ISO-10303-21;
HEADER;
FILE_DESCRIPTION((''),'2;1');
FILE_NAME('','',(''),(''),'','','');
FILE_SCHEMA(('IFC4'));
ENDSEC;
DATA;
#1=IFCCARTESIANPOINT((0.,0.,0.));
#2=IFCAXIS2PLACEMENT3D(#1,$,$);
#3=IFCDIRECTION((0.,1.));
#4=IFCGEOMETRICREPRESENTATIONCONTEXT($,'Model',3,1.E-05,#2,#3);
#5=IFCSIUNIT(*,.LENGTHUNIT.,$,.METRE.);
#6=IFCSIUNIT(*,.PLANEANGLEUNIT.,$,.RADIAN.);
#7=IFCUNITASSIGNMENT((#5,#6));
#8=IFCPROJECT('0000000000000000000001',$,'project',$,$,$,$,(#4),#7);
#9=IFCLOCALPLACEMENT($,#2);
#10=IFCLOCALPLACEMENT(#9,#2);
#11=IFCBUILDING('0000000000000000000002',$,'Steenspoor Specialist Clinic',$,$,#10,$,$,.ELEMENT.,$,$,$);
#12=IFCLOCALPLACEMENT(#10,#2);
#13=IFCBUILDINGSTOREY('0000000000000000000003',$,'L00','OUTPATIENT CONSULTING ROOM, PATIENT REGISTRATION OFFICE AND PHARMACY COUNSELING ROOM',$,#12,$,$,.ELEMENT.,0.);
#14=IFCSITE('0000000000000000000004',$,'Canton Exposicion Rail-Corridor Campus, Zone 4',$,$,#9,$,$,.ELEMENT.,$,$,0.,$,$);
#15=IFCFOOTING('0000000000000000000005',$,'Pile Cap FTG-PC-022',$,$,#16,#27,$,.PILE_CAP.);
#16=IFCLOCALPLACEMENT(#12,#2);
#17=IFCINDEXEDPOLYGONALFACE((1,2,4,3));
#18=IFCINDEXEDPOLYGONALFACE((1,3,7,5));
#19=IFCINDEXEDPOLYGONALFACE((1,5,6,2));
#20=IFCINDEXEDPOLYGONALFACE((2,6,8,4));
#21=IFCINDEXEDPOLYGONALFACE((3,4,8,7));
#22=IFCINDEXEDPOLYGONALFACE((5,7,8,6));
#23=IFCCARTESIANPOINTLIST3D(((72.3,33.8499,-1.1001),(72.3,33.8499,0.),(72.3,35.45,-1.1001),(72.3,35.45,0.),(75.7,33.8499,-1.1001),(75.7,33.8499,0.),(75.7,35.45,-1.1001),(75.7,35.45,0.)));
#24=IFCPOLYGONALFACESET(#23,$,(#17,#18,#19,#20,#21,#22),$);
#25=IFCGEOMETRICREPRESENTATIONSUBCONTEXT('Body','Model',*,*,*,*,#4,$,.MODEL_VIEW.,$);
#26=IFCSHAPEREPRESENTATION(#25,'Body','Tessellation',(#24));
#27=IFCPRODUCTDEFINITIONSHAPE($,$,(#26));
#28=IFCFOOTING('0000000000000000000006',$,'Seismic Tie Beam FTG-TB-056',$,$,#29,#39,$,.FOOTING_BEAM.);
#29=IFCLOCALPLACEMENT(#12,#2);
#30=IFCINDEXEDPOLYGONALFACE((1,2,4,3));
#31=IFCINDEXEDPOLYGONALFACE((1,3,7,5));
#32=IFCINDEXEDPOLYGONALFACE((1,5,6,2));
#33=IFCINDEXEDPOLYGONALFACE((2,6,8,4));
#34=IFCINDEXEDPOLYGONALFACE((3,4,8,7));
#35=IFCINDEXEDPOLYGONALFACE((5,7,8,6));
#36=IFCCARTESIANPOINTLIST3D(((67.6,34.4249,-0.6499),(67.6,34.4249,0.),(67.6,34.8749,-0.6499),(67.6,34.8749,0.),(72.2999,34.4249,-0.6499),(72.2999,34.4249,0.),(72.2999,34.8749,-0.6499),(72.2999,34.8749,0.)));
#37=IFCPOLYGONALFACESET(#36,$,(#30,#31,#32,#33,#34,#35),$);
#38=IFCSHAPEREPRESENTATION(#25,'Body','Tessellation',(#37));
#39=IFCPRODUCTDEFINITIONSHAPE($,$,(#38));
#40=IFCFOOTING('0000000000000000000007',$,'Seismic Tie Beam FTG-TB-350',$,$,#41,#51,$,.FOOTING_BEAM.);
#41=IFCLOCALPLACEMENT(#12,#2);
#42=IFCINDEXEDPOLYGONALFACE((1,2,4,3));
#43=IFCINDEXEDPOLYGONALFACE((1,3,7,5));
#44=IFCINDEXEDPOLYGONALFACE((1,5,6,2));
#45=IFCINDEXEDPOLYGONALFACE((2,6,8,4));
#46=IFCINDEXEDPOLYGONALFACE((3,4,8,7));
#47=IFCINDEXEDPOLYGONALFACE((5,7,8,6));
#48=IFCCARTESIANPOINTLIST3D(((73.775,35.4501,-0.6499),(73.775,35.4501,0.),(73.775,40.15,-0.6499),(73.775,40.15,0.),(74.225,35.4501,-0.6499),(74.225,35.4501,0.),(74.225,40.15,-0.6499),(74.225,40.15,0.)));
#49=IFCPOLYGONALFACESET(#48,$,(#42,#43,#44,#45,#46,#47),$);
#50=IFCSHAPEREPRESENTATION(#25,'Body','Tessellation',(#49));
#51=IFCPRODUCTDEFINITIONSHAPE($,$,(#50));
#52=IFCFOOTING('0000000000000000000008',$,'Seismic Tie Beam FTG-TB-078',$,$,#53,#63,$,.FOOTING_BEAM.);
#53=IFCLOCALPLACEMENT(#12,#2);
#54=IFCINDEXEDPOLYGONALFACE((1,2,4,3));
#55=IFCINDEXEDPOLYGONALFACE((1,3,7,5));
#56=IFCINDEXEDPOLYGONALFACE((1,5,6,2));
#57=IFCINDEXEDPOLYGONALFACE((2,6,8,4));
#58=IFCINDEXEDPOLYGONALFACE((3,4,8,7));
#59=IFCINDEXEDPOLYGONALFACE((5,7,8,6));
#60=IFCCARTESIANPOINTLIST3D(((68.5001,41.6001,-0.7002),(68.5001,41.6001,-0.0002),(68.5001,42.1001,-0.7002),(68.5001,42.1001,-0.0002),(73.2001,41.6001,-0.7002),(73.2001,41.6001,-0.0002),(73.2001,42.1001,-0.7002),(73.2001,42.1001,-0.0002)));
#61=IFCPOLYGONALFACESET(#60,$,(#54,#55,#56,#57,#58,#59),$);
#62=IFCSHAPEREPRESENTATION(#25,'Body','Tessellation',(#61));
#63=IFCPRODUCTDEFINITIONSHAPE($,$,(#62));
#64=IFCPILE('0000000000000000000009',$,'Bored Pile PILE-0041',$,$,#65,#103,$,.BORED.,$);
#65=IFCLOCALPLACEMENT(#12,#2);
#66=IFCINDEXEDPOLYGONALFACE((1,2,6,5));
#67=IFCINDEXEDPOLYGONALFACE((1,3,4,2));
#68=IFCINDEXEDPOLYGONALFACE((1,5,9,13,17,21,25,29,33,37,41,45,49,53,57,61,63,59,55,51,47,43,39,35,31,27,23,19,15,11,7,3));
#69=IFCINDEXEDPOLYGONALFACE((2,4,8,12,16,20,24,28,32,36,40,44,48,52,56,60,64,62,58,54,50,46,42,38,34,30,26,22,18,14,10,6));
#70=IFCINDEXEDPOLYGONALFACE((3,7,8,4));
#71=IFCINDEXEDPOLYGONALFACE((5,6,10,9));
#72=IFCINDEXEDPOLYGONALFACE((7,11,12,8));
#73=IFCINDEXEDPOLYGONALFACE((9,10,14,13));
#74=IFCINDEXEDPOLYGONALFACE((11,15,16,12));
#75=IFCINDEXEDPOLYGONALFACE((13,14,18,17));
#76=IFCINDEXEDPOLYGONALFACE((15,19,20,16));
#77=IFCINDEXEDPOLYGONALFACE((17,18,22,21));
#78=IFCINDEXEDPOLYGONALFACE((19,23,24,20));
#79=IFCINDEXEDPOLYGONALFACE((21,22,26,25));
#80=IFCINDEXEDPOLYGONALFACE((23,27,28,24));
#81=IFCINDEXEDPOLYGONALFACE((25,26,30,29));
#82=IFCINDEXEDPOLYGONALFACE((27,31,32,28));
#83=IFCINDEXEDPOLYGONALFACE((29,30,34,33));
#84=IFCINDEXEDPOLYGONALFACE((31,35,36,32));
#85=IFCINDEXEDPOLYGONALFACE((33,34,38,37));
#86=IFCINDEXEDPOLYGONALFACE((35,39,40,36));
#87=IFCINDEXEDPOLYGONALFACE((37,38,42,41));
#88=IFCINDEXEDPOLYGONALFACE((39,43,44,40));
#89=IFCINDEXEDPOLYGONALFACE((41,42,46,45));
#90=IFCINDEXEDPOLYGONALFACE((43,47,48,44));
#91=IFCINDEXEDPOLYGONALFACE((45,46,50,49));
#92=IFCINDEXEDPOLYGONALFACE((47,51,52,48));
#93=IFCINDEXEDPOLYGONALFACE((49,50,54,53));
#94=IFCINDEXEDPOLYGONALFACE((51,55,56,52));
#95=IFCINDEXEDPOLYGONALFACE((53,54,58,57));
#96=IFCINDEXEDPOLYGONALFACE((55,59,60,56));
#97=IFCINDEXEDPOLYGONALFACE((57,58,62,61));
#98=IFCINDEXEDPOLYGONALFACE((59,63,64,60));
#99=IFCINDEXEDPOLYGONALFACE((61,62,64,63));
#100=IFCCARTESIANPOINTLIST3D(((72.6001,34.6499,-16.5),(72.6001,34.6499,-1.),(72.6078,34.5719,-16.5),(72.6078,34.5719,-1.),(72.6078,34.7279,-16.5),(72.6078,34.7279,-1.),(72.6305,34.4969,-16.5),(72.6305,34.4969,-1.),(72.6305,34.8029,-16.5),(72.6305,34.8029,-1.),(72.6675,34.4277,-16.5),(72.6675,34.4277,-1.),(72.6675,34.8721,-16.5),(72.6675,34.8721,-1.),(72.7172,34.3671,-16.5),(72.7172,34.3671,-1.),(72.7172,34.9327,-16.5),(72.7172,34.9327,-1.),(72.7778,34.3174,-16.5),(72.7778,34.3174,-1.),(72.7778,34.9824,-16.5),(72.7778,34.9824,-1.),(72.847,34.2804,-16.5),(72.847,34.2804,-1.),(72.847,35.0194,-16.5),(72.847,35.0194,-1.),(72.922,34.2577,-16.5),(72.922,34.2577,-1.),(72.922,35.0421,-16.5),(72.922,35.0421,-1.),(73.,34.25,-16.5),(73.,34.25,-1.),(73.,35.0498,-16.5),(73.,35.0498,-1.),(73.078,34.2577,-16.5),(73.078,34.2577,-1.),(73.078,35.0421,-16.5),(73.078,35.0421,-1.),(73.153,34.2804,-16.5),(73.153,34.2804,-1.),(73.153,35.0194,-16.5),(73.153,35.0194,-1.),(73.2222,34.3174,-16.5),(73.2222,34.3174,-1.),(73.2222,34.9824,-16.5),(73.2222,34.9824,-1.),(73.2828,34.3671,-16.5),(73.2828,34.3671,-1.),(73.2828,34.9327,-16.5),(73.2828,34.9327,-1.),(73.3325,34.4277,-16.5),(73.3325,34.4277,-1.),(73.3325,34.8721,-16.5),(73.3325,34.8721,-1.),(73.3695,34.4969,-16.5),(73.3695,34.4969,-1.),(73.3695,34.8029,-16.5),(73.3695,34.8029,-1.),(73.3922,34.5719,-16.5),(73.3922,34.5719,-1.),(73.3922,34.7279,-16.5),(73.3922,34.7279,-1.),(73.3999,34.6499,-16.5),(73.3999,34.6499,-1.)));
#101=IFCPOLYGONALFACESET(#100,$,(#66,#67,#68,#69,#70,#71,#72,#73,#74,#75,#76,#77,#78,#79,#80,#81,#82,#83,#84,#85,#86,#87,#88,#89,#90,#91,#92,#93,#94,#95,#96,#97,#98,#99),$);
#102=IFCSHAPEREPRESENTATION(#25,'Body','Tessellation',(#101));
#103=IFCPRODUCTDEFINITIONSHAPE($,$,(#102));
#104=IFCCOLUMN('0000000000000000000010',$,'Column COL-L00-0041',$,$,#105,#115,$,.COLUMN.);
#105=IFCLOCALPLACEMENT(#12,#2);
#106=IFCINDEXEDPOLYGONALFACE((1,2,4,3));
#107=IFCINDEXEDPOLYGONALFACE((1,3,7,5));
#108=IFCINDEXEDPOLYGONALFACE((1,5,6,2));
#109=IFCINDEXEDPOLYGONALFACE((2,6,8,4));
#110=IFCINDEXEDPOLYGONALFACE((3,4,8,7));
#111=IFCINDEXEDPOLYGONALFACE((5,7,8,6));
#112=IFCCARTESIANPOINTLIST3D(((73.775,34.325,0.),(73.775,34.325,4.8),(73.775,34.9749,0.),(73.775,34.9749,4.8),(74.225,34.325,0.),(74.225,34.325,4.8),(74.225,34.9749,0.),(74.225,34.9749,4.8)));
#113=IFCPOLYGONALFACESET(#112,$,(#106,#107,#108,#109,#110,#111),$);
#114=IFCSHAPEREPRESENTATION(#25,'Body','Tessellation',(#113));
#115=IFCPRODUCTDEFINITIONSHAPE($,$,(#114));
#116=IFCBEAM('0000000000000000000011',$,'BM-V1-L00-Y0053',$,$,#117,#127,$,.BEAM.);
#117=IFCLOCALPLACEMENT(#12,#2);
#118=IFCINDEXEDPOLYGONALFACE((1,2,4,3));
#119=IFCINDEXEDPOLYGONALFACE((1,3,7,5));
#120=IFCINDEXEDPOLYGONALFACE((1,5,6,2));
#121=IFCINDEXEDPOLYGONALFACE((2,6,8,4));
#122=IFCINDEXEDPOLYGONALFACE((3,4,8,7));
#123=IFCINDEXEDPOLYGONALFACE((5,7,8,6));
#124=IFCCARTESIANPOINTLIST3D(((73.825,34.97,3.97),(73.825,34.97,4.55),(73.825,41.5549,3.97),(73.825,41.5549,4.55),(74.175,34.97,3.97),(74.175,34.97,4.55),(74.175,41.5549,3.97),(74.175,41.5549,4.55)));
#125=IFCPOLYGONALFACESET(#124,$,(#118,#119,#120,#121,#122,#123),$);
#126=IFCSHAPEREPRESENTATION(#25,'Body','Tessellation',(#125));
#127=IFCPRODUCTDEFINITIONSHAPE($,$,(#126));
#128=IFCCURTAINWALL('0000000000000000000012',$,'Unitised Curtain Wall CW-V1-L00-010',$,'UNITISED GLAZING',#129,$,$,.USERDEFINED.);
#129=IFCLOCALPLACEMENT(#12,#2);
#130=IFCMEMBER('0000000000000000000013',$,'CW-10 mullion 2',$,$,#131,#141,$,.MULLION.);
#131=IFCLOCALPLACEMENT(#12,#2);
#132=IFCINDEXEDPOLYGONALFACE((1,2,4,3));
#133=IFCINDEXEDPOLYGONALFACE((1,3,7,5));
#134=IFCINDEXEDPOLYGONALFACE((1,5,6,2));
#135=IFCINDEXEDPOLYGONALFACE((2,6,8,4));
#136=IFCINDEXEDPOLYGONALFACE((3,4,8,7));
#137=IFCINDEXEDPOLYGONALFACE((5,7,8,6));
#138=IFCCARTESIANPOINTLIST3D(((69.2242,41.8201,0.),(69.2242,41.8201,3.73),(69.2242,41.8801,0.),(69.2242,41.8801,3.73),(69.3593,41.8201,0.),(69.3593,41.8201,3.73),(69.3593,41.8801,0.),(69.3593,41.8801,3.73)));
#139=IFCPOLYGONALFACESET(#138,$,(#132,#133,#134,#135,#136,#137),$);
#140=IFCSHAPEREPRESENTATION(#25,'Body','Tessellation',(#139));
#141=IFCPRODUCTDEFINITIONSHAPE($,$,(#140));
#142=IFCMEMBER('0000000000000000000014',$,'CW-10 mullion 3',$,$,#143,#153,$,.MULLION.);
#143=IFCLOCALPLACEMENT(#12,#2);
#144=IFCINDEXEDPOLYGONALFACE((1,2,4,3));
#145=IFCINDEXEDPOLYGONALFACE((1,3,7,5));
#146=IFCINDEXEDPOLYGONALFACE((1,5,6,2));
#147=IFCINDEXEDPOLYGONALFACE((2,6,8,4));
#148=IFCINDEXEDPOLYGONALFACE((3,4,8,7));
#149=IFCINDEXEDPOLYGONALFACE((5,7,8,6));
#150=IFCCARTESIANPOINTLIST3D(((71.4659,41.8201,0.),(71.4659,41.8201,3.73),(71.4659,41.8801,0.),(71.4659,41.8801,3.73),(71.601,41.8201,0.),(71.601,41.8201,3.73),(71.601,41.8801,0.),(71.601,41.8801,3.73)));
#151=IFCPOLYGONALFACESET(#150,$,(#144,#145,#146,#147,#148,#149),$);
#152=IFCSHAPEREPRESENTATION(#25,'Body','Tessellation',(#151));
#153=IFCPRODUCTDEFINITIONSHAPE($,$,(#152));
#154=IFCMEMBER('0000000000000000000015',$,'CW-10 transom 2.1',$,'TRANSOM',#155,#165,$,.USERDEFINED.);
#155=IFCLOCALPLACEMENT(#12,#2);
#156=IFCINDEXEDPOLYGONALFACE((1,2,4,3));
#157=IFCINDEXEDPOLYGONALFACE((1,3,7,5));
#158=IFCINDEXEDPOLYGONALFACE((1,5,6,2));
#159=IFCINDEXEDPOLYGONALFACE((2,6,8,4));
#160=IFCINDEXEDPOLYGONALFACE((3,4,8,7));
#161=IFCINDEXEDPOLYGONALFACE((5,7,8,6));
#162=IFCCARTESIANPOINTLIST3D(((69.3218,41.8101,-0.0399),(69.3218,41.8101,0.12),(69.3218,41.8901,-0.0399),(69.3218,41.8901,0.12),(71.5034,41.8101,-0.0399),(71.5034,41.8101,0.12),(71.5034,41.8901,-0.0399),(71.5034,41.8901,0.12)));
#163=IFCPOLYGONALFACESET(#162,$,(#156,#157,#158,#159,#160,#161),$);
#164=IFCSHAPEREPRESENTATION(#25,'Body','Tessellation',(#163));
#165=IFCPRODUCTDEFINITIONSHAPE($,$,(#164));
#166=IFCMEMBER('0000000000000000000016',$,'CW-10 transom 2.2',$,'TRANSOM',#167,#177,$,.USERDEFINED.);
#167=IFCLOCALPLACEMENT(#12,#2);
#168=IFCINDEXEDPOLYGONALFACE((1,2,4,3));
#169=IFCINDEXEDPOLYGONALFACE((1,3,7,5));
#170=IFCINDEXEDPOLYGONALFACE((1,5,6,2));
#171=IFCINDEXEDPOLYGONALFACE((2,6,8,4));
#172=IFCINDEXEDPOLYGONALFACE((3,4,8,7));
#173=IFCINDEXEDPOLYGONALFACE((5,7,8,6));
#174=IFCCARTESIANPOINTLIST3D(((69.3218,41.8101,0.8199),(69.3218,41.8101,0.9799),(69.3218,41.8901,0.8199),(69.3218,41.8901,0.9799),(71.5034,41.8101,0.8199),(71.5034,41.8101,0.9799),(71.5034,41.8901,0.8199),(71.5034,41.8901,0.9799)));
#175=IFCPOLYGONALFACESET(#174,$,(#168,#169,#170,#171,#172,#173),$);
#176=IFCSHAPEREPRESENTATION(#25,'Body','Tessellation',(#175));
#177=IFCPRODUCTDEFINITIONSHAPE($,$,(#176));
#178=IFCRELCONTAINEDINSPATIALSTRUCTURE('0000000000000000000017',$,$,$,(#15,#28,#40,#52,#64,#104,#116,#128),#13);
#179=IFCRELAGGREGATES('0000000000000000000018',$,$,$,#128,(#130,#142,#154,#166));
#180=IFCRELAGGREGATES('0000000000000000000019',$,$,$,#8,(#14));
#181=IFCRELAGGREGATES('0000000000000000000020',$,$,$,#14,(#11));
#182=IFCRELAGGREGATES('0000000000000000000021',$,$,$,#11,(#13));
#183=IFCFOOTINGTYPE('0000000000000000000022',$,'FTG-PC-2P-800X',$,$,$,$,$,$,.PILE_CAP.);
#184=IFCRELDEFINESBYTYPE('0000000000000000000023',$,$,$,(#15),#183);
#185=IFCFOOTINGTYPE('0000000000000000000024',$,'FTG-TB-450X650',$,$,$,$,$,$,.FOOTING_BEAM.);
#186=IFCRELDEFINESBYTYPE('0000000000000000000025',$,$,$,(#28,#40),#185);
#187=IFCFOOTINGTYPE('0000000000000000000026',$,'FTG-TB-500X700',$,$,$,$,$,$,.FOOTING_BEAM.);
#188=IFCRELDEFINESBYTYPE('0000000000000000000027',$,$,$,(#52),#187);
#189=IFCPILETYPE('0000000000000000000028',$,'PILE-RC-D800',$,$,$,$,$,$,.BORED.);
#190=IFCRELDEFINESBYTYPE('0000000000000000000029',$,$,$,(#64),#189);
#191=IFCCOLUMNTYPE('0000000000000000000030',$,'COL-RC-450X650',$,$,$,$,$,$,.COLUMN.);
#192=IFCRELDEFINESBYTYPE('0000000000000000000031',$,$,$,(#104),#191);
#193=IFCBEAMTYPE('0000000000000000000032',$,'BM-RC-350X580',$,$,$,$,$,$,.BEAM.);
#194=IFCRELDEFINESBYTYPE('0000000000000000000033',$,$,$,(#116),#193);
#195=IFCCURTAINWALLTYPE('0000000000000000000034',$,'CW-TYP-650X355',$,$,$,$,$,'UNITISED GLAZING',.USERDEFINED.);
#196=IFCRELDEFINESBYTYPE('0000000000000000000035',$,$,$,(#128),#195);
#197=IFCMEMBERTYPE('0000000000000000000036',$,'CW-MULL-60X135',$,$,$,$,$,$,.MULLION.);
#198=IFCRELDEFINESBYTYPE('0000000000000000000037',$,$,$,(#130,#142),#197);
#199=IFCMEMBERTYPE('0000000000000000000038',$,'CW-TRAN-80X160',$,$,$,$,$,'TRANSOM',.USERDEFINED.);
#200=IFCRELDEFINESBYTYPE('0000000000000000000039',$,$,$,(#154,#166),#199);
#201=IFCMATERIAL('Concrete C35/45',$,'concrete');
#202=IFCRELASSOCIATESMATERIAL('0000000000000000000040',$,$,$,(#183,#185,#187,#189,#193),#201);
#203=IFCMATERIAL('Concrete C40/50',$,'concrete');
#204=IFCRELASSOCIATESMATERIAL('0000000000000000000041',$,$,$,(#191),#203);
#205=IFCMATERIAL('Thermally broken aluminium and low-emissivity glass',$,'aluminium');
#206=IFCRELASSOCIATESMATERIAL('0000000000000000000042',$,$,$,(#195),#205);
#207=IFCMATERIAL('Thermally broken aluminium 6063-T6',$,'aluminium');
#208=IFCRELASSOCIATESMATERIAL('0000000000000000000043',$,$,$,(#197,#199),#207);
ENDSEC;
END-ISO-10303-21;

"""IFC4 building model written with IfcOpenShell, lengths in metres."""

from ifc_helpers import new_model, si_unit, direction, frame, origin, origin_2d, place, context, subcontext, project, spatial, rectangle, circle, extrude, material, material_profile, profile_set, type_object, element, aggregate, save


model = new_model("IFC4")

# Units and contexts
model_context = context("Model", 3, precision=1e-05, world=origin(), true_north=direction((0.0, 1.0)))
body_context = subcontext(model_context, "Body", "Model", "MODEL_VIEW")
ifc_project = project(units=[si_unit("LENGTHUNIT", "METRE"), si_unit("PLANEANGLEUNIT", "RADIAN")], contexts=[model_context])

# Site, building, storey
site_placement = place(None, origin())
site = spatial("IfcSite", under=ifc_project, at=site_placement, Name="Canton Exposicion Rail-Corridor Campus, Zone 4", CompositionType="ELEMENT", RefElevation=0.0)
building_placement = place(site_placement, origin())
building = spatial("IfcBuilding", under=site, at=building_placement, Name="Steenspoor Specialist Clinic", CompositionType="ELEMENT")
storey_placement = place(building_placement, origin())
storey = spatial("IfcBuildingStorey", under=building, at=storey_placement, Name="L00", Description="OUTPATIENT CONSULTING ROOM, PATIENT REGISTRATION OFFICE AND PHARMACY COUNSELING ROOM", CompositionType="ELEMENT", Elevation=0.0)

# Footings
ifc_material_1 = material(Name="Concrete C35/45", Category="concrete")
footing_type_1 = type_object("IfcFootingType", Name="FTG-PC-2P-800X", PredefinedType="PILE_CAP", material=ifc_material_1)
footing_1_placement = place(storey_placement, frame((74.0, 34.6499, -1.1001), z_axis=(0.0, 0.0, 1.0), x_axis=(1.0, 0.0, 0.0)))
element("IfcFooting", 1, at=footing_1_placement, inside=storey, type_object=footing_type_1, Name="Pile Cap FTG-PC-022", PredefinedType="PILE_CAP", context=body_context, shape_type="SweptSolid", body=[
    extrude(rectangle(XDim=3.3999, YDim=1.6001, at=origin_2d()), origin(), (0.0, 0.0, 1.0), 1.1001),
])
footing_type_2 = type_object("IfcFootingType", Name="FTG-TB-450X650", PredefinedType="FOOTING_BEAM", material=ifc_material_1)
footing_2_placement = place(storey_placement, frame((69.95, 34.6499, -0.6499), z_axis=(0.0, 0.0, 1.0), x_axis=(1.0, 0.0, 0.0)))
element("IfcFooting", 2, at=footing_2_placement, inside=storey, type_object=footing_type_2, Name="Seismic Tie Beam FTG-TB-056", PredefinedType="FOOTING_BEAM", context=body_context, shape_type="SweptSolid", body=[
    extrude(rectangle(XDim=4.7, YDim=0.45, at=origin_2d()), origin(), (0.0, 0.0, 1.0), 0.6499),
])
footing_3_placement = place(storey_placement, frame((74.0, 37.8, -0.6499), z_axis=(0.0, 0.0, 1.0), x_axis=(1.0, 0.0, 0.0)))
element("IfcFooting", 3, at=footing_3_placement, inside=storey, type_object=footing_type_2, Name="Seismic Tie Beam FTG-TB-350", PredefinedType="FOOTING_BEAM", context=body_context, shape_type="SweptSolid", body=[
    extrude(rectangle(XDim=0.45, YDim=4.7, at=origin_2d()), origin(), (0.0, 0.0, 1.0), 0.6499),
])
footing_type_3 = type_object("IfcFootingType", Name="FTG-TB-500X700", PredefinedType="FOOTING_BEAM", material=ifc_material_1)
footing_4_placement = place(storey_placement, frame((70.8501, 41.8501, -0.7002), z_axis=(0.0, 0.0, 1.0), x_axis=(1.0, 0.0, 0.0)))
element("IfcFooting", 4, at=footing_4_placement, inside=storey, type_object=footing_type_3, Name="Seismic Tie Beam FTG-TB-078", PredefinedType="FOOTING_BEAM", context=body_context, shape_type="SweptSolid", body=[
    extrude(rectangle(XDim=4.7, YDim=0.5, at=origin_2d()), origin(), (0.0, 0.0, 1.0), 0.7),
])

# Pile
ifc_material_profile_1 = material_profile(ifc_material_1, circle(Radius=0.3999, at=origin_2d()), Name="PILE-D800")
ifc_profile_set_1 = profile_set([ifc_material_profile_1], Name="Concrete C35/45")
pile_type = type_object("IfcPileType", Name="PILE-RC-D800", PredefinedType="BORED", material=ifc_profile_set_1)
pile_placement = place(storey_placement, frame((73.0, 34.6499, -1.0), z_axis=(0.0, 0.0, -1.0), x_axis=(1.0, 0.0, 0.0)))
element("IfcPile", 5, at=pile_placement, inside=storey, type_object=pile_type, Name="Bored Pile PILE-0041", PredefinedType="BORED", context=body_context, shape_type="SweptSolid", body=[
    extrude(circle(Radius=0.3999, at=origin_2d()), origin(), (0.0, 0.0, 1.0), 15.5),
])

# Column
ifc_material_2 = material(Name="Concrete C40/50", Category="concrete")
ifc_material_profile_2 = material_profile(ifc_material_2, rectangle(XDim=0.45, YDim=0.6499, at=origin_2d()), Name="RC-COL-450X650")
ifc_profile_set_2 = profile_set([ifc_material_profile_2], Name="Concrete C40/50")
column_type = type_object("IfcColumnType", Name="COL-RC-450X650", PredefinedType="COLUMN", material=ifc_profile_set_2)
column_placement = place(storey_placement, frame((74.0, 34.6499, 0.0), z_axis=(0.0, 0.0, 1.0), x_axis=(1.0, 0.0, 0.0)))
element("IfcColumn", 6, at=column_placement, inside=storey, type_object=column_type, Name="Column COL-L00-0041", PredefinedType="COLUMN", context=body_context, shape_type="SweptSolid", body=[
    extrude(rectangle(XDim=0.45, YDim=0.6499, at=origin_2d()), origin(), (0.0, 0.0, 1.0), 4.8),
])

# Beam
ifc_material_profile_3 = material_profile(ifc_material_1, rectangle(XDim=0.3501, YDim=0.5801, at=origin_2d()), Name="RC-BM-350X580")
ifc_profile_set_3 = profile_set([ifc_material_profile_3], Name="Concrete C35/45")
beam_type = type_object("IfcBeamType", Name="BM-RC-350X580", PredefinedType="BEAM", material=ifc_profile_set_3)
beam_placement = place(storey_placement, frame((74.0, 34.97, 4.26), z_axis=(0.0, 1.0, 0.0), x_axis=(-1.0, 0.0, 0.0)))
element("IfcBeam", 7, at=beam_placement, inside=storey, type_object=beam_type, Name="BM-V1-L00-Y0053", PredefinedType="BEAM", context=body_context, shape_type="SweptSolid", body=[
    extrude(rectangle(XDim=0.3501, YDim=0.5801, at=origin_2d()), origin(), (0.0, 0.0, 1.0), 6.585),
])

# Curtain wall, members
ifc_material_3 = material(Name="Thermally broken aluminium and low-emissivity glass", Category="aluminium")
curtain_wall_type = type_object("IfcCurtainWallType", Name="CW-TYP-650X355", ElementType="UNITISED GLAZING", PredefinedType="USERDEFINED", material=ifc_material_3)
curtain_wall_placement = place(storey_placement, origin())
curtain_wall = element("IfcCurtainWall", 8, at=curtain_wall_placement, inside=storey, type_object=curtain_wall_type, Name="Unitised Curtain Wall CW-V1-L00-010", ObjectType="UNITISED GLAZING", PredefinedType="USERDEFINED")
ifc_material_4 = material(Name="Thermally broken aluminium 6063-T6", Category="aluminium")
ifc_material_profile_4 = material_profile(ifc_material_4, rectangle(XDim=0.0601, YDim=0.135, at=origin_2d()), Name="CWM-60X135")
ifc_profile_set_4 = profile_set([ifc_material_profile_4], Name="Thermally broken aluminium 6063-T6")
member_type_1 = type_object("IfcMemberType", Name="CW-MULL-60X135", PredefinedType="MULLION", material=ifc_profile_set_4)
member_1_placement = place(storey_placement, frame((69.2917, 41.8501, 0.0), z_axis=(0.0, 0.0, 1.0), x_axis=(0.0, 1.0, 0.0)))
member_1 = element("IfcMember", 9, at=member_1_placement, type_object=member_type_1, Name="CW-10 mullion 2", PredefinedType="MULLION", context=body_context, shape_type="SweptSolid", body=[
    extrude(rectangle(XDim=0.0601, YDim=0.135, at=origin_2d()), origin(), (0.0, 0.0, 1.0), 3.73),
])
member_2_placement = place(storey_placement, frame((71.5334, 41.8501, 0.0), z_axis=(0.0, 0.0, 1.0), x_axis=(0.0, 1.0, 0.0)))
member_2 = element("IfcMember", 10, at=member_2_placement, type_object=member_type_1, Name="CW-10 mullion 3", PredefinedType="MULLION", context=body_context, shape_type="SweptSolid", body=[
    extrude(rectangle(XDim=0.0601, YDim=0.135, at=origin_2d()), origin(), (0.0, 0.0, 1.0), 3.73),
])
ifc_material_profile_5 = material_profile(ifc_material_4, rectangle(XDim=0.0801, YDim=0.1599, at=origin_2d()), Name="CWT-80X160")
ifc_profile_set_5 = profile_set([ifc_material_profile_5], Name="Thermally broken aluminium 6063-T6")
member_type_2 = type_object("IfcMemberType", Name="CW-TRAN-80X160", ElementType="TRANSOM", PredefinedType="USERDEFINED", material=ifc_profile_set_5)
member_3_placement = place(storey_placement, frame((69.3218, 41.8501, 0.04), z_axis=(1.0, 0.0, 0.0), x_axis=(0.0, 1.0, 0.0)))
member_3 = element("IfcMember", 11, at=member_3_placement, type_object=member_type_2, Name="CW-10 transom 2.1", ObjectType="TRANSOM", PredefinedType="USERDEFINED", context=body_context, shape_type="SweptSolid", body=[
    extrude(rectangle(XDim=0.0801, YDim=0.1599, at=origin_2d()), origin(), (0.0, 0.0, 1.0), 2.1816),
])
member_4_placement = place(storey_placement, frame((69.3218, 41.8501, 0.8999), z_axis=(1.0, 0.0, 0.0), x_axis=(0.0, 1.0, 0.0)))
member_4 = element("IfcMember", 12, at=member_4_placement, type_object=member_type_2, Name="CW-10 transom 2.2", ObjectType="TRANSOM", PredefinedType="USERDEFINED", context=body_context, shape_type="SweptSolid", body=[
    extrude(rectangle(XDim=0.0801, YDim=0.1599, at=origin_2d()), origin(), (0.0, 0.0, 1.0), 2.1816),
])
aggregate(curtain_wall, [member_1, member_2, member_3, member_4])

save(model, "model.ifc")
